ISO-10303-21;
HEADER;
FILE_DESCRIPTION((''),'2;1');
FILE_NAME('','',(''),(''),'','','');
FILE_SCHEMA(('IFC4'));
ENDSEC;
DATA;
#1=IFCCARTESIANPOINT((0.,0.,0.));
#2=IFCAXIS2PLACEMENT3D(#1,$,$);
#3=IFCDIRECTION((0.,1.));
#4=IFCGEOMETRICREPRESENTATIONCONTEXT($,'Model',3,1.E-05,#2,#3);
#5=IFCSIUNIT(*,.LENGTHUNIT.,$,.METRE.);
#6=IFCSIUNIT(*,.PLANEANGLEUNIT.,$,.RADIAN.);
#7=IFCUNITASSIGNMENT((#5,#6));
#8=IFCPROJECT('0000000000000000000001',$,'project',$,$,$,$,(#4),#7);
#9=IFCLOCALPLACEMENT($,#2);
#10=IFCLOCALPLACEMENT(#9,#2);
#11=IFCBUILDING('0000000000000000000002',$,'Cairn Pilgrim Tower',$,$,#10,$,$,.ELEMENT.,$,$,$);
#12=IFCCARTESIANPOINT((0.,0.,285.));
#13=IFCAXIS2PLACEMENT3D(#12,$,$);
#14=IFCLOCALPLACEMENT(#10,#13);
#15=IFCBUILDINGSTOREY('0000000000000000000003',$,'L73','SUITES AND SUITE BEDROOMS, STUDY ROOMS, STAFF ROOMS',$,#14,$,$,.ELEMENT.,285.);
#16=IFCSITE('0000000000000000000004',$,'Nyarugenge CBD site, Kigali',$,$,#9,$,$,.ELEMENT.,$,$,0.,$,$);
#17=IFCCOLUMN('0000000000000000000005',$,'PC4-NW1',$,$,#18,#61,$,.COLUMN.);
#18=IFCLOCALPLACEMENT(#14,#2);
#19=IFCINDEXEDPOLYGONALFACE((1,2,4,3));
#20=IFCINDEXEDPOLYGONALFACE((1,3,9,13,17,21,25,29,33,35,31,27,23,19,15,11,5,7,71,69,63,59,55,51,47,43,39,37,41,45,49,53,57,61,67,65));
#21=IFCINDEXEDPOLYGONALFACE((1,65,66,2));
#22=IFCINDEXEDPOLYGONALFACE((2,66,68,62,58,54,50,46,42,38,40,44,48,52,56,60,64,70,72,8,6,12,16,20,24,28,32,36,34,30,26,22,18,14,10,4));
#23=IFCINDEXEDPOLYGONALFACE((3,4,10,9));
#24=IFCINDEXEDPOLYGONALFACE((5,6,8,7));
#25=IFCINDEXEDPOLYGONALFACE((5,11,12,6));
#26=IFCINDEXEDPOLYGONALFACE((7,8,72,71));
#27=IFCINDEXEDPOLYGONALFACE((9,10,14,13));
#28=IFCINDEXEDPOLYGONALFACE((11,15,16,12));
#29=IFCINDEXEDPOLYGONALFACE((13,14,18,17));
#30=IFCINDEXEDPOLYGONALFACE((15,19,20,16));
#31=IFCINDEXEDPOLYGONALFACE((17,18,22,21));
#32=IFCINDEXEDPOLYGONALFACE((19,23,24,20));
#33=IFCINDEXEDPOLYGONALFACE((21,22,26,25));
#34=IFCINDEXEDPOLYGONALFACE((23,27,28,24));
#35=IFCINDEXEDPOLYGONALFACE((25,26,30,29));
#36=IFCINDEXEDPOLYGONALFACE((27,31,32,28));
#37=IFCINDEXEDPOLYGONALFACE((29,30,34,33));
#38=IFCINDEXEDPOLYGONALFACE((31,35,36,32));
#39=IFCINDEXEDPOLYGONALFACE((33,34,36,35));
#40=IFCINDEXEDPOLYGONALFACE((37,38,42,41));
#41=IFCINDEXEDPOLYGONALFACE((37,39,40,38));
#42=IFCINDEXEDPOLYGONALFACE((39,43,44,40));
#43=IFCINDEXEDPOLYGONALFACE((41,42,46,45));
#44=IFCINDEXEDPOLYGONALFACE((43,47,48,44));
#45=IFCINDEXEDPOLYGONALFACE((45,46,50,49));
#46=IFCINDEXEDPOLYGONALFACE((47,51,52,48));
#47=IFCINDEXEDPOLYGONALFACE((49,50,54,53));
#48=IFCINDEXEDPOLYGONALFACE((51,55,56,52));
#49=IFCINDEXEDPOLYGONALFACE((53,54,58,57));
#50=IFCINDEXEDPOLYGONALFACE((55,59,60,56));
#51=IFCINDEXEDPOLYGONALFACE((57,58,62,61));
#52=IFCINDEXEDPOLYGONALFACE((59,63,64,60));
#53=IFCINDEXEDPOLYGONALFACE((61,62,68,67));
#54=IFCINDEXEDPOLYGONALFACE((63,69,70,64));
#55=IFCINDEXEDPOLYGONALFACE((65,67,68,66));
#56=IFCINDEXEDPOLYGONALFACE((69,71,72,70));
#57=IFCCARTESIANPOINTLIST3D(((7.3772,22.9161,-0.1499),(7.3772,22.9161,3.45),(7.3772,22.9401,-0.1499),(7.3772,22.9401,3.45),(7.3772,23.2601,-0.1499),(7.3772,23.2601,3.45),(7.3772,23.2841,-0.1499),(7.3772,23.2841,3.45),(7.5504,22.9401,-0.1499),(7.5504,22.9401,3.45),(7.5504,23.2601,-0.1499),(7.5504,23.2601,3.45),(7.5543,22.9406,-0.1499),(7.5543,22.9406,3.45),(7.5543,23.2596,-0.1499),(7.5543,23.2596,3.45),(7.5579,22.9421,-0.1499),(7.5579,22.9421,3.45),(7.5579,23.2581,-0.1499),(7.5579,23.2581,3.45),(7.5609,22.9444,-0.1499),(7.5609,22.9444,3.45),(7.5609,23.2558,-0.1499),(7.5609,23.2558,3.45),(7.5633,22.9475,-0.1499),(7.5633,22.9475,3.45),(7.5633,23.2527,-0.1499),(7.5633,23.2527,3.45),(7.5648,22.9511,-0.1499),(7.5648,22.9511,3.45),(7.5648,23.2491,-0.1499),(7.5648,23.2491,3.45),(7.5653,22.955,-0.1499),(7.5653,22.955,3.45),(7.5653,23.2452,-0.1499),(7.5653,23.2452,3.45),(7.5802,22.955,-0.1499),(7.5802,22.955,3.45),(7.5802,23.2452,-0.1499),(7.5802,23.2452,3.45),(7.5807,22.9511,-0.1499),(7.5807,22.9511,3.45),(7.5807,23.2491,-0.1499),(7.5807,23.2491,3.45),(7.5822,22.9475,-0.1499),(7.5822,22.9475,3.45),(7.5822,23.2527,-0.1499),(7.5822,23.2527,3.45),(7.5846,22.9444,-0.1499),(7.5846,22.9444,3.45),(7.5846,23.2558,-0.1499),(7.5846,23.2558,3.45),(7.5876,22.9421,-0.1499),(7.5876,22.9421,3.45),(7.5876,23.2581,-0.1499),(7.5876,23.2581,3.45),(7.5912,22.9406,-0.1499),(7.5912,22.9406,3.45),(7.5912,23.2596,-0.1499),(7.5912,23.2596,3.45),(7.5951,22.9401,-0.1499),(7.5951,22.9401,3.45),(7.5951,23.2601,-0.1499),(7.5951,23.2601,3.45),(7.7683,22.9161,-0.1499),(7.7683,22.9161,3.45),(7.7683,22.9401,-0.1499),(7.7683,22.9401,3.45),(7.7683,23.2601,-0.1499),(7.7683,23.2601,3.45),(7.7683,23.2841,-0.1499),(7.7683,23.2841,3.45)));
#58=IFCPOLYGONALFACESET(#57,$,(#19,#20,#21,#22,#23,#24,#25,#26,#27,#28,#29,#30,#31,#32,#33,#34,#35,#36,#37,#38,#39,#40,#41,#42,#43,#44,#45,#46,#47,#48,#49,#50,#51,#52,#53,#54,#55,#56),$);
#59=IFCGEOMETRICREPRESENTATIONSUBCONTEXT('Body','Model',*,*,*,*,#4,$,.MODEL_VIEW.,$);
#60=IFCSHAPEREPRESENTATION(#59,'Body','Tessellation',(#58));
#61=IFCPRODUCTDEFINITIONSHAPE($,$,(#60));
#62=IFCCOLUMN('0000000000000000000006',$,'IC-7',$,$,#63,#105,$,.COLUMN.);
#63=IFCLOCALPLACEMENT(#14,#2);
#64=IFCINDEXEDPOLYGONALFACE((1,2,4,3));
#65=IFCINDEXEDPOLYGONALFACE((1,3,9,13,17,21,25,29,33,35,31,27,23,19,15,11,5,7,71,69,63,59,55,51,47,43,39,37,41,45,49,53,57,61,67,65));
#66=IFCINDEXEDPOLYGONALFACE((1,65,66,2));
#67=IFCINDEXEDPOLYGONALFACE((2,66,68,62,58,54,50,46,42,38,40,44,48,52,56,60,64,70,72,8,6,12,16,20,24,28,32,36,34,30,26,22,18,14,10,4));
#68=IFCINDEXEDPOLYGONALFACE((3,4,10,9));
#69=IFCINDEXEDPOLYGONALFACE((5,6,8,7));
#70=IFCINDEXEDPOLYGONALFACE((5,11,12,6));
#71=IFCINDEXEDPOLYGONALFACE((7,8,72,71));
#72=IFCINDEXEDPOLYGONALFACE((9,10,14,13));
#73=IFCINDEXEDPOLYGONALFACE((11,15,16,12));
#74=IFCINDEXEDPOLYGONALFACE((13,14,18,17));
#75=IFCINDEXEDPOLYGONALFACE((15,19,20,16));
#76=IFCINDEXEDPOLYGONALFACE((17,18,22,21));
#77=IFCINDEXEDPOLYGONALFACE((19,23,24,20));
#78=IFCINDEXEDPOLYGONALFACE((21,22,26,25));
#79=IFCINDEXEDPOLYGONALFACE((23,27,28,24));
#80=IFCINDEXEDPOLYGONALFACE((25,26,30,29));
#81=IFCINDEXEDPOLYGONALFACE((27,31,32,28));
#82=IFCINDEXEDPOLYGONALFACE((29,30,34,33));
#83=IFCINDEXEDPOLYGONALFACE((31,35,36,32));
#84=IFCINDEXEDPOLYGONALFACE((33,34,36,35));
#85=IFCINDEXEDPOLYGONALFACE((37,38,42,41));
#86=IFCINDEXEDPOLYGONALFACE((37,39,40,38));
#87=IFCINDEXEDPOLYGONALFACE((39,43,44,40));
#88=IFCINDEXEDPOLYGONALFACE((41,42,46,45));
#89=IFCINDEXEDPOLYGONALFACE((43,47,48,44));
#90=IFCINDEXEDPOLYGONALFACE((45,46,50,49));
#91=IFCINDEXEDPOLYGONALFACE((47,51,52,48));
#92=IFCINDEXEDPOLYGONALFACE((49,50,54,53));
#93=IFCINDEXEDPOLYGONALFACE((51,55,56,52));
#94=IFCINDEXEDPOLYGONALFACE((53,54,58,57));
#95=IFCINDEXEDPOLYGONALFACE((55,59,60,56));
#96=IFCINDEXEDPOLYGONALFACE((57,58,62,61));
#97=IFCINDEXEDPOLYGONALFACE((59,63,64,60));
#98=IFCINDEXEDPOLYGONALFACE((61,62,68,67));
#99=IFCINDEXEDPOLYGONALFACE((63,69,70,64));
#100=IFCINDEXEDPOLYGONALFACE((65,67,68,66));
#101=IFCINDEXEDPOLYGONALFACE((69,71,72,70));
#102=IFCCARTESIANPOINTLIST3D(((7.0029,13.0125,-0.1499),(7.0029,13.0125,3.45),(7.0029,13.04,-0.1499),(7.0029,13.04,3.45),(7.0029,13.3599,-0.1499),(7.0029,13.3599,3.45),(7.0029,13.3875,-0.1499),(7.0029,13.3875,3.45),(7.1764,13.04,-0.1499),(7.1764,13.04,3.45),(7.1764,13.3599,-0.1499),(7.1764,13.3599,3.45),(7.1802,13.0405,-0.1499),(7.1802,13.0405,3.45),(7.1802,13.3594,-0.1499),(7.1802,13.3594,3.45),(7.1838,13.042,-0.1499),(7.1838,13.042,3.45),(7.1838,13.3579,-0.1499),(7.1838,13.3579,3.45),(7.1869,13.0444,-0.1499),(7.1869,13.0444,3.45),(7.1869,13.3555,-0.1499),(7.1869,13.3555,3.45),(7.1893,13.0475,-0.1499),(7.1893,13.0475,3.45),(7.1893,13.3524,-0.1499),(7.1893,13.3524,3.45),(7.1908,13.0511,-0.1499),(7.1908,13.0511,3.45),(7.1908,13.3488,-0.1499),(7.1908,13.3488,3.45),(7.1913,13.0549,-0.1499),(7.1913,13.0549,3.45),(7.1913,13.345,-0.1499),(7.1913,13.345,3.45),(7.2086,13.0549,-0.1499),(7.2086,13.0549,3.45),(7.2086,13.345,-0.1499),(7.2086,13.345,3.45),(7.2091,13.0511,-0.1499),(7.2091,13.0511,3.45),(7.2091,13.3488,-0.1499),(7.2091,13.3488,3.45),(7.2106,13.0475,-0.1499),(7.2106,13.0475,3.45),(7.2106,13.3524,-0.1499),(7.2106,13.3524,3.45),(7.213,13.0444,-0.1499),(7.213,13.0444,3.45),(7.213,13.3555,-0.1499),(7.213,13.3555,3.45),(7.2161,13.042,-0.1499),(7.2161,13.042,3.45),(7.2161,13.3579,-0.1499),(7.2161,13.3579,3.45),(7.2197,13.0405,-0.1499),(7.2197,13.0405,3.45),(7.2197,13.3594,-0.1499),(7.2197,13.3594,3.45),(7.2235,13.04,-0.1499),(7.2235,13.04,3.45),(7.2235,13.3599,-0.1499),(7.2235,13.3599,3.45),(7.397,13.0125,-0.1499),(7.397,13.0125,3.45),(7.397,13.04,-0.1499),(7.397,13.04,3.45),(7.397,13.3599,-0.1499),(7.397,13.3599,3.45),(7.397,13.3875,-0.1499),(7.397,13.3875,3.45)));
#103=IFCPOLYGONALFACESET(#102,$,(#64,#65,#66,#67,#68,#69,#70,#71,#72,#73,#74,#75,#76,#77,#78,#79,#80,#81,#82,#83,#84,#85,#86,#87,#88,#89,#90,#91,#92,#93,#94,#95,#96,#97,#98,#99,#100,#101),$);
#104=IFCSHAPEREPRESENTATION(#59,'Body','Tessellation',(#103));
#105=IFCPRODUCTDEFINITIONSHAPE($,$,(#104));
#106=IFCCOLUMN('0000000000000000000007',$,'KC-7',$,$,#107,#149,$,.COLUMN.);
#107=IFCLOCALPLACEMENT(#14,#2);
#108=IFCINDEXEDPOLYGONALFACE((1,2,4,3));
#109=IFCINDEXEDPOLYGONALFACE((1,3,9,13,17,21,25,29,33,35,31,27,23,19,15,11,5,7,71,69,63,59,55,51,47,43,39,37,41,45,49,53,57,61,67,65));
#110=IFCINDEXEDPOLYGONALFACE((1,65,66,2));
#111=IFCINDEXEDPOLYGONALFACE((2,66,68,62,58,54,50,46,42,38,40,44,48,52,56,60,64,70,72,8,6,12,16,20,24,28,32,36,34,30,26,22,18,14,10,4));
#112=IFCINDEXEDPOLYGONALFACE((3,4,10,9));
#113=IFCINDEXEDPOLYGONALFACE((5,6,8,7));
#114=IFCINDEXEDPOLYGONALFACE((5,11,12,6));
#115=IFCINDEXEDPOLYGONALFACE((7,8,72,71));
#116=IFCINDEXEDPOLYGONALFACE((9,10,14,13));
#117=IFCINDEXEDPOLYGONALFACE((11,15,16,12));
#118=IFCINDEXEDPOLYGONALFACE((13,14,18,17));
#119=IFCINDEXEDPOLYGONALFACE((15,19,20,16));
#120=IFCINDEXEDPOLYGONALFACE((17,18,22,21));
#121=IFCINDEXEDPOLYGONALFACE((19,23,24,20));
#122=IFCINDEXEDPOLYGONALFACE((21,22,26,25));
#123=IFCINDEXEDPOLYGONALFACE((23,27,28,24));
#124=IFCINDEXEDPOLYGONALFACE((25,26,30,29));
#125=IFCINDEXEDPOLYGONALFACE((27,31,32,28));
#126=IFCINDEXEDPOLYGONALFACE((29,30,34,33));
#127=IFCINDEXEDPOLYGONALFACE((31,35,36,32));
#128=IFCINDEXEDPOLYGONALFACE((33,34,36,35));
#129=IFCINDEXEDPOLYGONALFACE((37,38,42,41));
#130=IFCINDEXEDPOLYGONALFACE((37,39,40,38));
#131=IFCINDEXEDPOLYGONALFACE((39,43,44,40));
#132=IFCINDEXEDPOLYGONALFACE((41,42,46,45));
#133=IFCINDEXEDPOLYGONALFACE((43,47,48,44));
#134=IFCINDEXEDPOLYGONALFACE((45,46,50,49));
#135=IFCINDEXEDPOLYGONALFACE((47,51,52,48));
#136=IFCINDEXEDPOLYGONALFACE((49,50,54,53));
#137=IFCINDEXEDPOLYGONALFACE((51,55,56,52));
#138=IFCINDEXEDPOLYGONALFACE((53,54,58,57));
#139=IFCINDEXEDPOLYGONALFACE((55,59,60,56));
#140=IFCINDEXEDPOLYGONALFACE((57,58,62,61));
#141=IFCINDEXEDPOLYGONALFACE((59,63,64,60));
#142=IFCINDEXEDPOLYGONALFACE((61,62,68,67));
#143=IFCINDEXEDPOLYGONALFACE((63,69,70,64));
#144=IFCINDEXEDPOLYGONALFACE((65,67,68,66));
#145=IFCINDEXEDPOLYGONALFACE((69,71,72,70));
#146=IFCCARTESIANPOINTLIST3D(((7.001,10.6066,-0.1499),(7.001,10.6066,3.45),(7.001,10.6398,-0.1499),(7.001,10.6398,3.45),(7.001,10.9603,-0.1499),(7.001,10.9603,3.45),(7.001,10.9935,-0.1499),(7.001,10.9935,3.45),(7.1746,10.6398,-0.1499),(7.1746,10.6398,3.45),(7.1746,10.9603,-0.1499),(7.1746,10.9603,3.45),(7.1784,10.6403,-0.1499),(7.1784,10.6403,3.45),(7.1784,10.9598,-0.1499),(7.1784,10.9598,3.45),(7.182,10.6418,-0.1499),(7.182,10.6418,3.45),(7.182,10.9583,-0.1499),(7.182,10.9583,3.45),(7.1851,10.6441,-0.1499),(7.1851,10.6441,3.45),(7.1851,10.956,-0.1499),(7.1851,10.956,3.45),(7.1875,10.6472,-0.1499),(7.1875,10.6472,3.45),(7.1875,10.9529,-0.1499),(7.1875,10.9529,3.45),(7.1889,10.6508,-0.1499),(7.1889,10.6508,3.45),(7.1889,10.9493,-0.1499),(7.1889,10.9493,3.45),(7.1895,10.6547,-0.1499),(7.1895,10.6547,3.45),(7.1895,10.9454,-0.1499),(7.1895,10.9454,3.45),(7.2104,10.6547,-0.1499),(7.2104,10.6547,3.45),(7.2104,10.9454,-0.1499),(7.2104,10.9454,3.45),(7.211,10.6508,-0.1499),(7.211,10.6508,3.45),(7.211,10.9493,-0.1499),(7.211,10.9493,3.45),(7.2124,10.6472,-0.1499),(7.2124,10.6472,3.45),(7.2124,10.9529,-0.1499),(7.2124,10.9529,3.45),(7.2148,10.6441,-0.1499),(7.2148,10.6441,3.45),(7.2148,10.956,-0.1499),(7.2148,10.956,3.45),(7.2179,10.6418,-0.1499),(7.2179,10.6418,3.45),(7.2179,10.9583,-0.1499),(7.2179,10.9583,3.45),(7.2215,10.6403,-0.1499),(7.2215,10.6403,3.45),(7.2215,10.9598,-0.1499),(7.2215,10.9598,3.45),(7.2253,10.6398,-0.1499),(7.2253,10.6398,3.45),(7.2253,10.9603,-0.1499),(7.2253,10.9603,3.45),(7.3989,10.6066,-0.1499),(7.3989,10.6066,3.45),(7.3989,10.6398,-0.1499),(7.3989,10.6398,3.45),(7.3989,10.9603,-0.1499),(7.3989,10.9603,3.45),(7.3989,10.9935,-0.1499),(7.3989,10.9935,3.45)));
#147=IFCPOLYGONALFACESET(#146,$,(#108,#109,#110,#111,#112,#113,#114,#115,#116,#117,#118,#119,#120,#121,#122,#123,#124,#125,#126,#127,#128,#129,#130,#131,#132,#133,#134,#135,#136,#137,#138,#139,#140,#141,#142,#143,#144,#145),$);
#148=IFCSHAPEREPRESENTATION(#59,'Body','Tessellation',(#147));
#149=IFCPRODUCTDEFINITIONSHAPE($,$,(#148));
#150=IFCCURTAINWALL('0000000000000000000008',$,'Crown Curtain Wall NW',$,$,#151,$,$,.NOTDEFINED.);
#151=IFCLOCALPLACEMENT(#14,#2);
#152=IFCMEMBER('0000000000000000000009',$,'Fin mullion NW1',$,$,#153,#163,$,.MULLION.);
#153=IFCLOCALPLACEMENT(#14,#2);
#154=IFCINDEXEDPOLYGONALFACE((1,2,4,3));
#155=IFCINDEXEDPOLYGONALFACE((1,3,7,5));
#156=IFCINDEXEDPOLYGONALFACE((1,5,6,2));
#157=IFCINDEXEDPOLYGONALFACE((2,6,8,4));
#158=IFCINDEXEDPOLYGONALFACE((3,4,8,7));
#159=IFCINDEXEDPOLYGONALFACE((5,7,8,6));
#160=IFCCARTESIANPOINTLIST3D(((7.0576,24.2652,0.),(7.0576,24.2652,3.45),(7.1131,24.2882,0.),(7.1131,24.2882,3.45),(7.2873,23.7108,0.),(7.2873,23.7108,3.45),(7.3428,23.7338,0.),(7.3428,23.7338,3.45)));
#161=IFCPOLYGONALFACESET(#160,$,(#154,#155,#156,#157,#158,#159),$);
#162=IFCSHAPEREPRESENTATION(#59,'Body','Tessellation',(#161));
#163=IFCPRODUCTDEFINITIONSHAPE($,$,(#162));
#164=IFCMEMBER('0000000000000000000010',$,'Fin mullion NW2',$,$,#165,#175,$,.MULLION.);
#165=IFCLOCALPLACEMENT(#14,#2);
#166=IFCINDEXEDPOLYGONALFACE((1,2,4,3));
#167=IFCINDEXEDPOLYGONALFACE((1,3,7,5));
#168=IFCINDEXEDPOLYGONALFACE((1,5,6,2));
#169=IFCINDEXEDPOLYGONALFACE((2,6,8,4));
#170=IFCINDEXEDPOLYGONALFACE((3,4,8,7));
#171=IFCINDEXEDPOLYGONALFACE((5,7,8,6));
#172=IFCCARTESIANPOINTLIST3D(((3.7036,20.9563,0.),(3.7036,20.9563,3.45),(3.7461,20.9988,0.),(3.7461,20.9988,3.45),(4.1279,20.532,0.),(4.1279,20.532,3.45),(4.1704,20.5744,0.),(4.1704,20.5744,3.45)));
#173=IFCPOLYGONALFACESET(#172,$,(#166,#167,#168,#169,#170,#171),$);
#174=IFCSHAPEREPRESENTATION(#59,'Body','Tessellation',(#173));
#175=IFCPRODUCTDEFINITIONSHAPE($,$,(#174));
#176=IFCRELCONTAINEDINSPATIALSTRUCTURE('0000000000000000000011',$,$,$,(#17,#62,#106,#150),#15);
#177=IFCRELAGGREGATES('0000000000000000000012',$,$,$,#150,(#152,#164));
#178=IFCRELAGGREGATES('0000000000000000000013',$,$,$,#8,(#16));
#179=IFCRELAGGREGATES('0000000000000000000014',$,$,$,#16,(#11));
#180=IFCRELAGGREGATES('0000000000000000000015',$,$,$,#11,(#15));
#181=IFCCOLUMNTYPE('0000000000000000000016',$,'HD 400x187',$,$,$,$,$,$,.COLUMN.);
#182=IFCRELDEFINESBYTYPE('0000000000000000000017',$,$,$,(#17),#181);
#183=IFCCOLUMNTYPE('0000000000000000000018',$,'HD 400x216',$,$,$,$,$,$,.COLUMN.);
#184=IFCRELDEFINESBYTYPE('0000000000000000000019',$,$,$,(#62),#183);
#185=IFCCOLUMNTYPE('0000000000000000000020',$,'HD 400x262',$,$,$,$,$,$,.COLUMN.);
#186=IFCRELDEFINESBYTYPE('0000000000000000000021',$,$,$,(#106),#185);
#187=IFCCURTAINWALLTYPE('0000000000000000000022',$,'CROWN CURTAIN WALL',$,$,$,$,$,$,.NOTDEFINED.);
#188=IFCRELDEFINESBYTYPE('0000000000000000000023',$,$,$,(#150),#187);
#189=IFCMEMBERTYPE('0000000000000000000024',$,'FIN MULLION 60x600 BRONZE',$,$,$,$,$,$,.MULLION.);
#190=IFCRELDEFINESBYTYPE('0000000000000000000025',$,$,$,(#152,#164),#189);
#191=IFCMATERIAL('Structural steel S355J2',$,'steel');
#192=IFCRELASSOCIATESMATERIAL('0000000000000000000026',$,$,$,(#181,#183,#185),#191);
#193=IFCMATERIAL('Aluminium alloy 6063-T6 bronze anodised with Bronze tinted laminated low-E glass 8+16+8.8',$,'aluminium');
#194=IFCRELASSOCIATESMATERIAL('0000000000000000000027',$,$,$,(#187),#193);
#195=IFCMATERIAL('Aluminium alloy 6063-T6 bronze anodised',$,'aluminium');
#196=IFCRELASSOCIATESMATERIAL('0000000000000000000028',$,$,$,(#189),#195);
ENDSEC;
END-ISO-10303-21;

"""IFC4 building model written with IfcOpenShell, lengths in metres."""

from ifc_helpers import new_model, si_unit, direction, frame, origin, origin_2d, place, context, subcontext, project, spatial, rectangle, i_section, extrude, material, material_profile, profile_set, type_object, element, aggregate, save


model = new_model("IFC4")

# Units and contexts
model_context = context("Model", 3, precision=1e-05, world=origin(), true_north=direction((0.0, 1.0)))
body_context = subcontext(model_context, "Body", "Model", "MODEL_VIEW")
ifc_project = project(units=[si_unit("LENGTHUNIT", "METRE"), si_unit("PLANEANGLEUNIT", "RADIAN")], contexts=[model_context])

# Site, building, storey
site_placement = place(None, origin())
site = spatial("IfcSite", under=ifc_project, at=site_placement, Name="Nyarugenge CBD site, Kigali", CompositionType="ELEMENT", RefElevation=0.0)
building_placement = place(site_placement, origin())
building = spatial("IfcBuilding", under=site, at=building_placement, Name="Cairn Pilgrim Tower", CompositionType="ELEMENT")
storey_placement = place(building_placement, frame((0.0, 0.0, 285.0)))
storey = spatial("IfcBuildingStorey", under=building, at=storey_placement, Name="L73", Description="SUITES AND SUITE BEDROOMS, STUDY ROOMS, STAFF ROOMS", CompositionType="ELEMENT", Elevation=285.0)

# Columns
ifc_material_1 = material(Name="Structural steel S355J2", Category="steel")
ifc_material_profile_1 = material_profile(ifc_material_1, i_section(OverallWidth=0.3911, OverallDepth=0.3679, WebThickness=0.0149, FlangeThickness=0.0239, FilletRadius=0.0149, at=origin_2d()), Name="HD 400x187")
ifc_profile_set_1 = profile_set([ifc_material_profile_1], Name="Structural steel S355J2")
column_type_1 = type_object("IfcColumnType", Name="HD 400x187", PredefinedType="COLUMN", material=ifc_profile_set_1)
column_1_placement = place(storey_placement, frame((7.5728, 23.1001, -0.1499), z_axis=(0.0, 0.0, 1.0), x_axis=(1.0, 0.0, 0.0)))
element("IfcColumn", 1, at=column_1_placement, inside=storey, type_object=column_type_1, Name="PC4-NW1", PredefinedType="COLUMN", context=body_context, shape_type="SweptSolid", body=[
    extrude(i_section(OverallWidth=0.3911, OverallDepth=0.3679, WebThickness=0.0149, FlangeThickness=0.0239, FilletRadius=0.0149, at=origin_2d()), origin(), (0.0, 0.0, 1.0), 3.5999),
])
ifc_material_profile_2 = material_profile(ifc_material_1, i_section(OverallWidth=0.394, OverallDepth=0.375, WebThickness=0.0173, FlangeThickness=0.0276, FilletRadius=0.0149, at=origin_2d()), Name="HD 400x216")
ifc_profile_set_2 = profile_set([ifc_material_profile_2], Name="Structural steel S355J2")
column_type_2 = type_object("IfcColumnType", Name="HD 400x216", PredefinedType="COLUMN", material=ifc_profile_set_2)
column_2_placement = place(storey_placement, frame((7.2, 13.2, -0.1499), z_axis=(0.0, 0.0, 1.0), x_axis=(1.0, 0.0, 0.0)))
element("IfcColumn", 2, at=column_2_placement, inside=storey, type_object=column_type_2, Name="IC-7", PredefinedType="COLUMN", context=body_context, shape_type="SweptSolid", body=[
    extrude(i_section(OverallWidth=0.394, OverallDepth=0.375, WebThickness=0.0173, FlangeThickness=0.0276, FilletRadius=0.0149, at=origin_2d()), origin(), (0.0, 0.0, 1.0), 3.5999),
])
ifc_material_profile_3 = material_profile(ifc_material_1, i_section(OverallWidth=0.3979, OverallDepth=0.387, WebThickness=0.021, FlangeThickness=0.0332, FilletRadius=0.0149, at=origin_2d()), Name="HD 400x262")
ifc_profile_set_3 = profile_set([ifc_material_profile_3], Name="Structural steel S355J2")
column_type_3 = type_object("IfcColumnType", Name="HD 400x262", PredefinedType="COLUMN", material=ifc_profile_set_3)
column_3_placement = place(storey_placement, frame((7.2, 10.8, -0.1499), z_axis=(0.0, 0.0, 1.0), x_axis=(1.0, 0.0, 0.0)))
element("IfcColumn", 3, at=column_3_placement, inside=storey, type_object=column_type_3, Name="KC-7", PredefinedType="COLUMN", context=body_context, shape_type="SweptSolid", body=[
    extrude(i_section(OverallWidth=0.3979, OverallDepth=0.387, WebThickness=0.021, FlangeThickness=0.0332, FilletRadius=0.0149, at=origin_2d()), origin(), (0.0, 0.0, 1.0), 3.5999),
])

# Curtain wall, members
ifc_material_2 = material(Name="Aluminium alloy 6063-T6 bronze anodised with Bronze tinted laminated low-E glass 8+16+8.8", Category="aluminium")
curtain_wall_type = type_object("IfcCurtainWallType", Name="CROWN CURTAIN WALL", PredefinedType="NOTDEFINED", material=ifc_material_2)
curtain_wall_1_placement = place(storey_placement, origin())
curtain_wall_1 = element("IfcCurtainWall", 4, at=curtain_wall_1_placement, inside=storey, type_object=curtain_wall_type, Name="Crown Curtain Wall NW", PredefinedType="NOTDEFINED")
ifc_material_3 = material(Name="Aluminium alloy 6063-T6 bronze anodised", Category="aluminium")
ifc_material_profile_4 = material_profile(ifc_material_3, rectangle(XDim=0.6001, YDim=0.0601, at=origin_2d()), Name="FIN MULLION 60x600 BRONZE")
ifc_profile_set_4 = profile_set([ifc_material_profile_4], Name="Aluminium alloy 6063-T6 bronze anodised")
member_type_1 = type_object("IfcMemberType", Name="FIN MULLION 60x600 BRONZE", PredefinedType="MULLION", material=ifc_profile_set_4)
member_1_placement = place(storey_placement, frame((7.2002, 23.9995, 0.0), z_axis=(0.0, 0.0, 1.0), x_axis=(-0.382683, 0.92388, 0.0)))
member_1 = element("IfcMember", 5, at=member_1_placement, type_object=member_type_1, Name="Fin mullion NW1", PredefinedType="MULLION", context=body_context, shape_type="SweptSolid", body=[
    extrude(rectangle(XDim=0.6001, YDim=0.0601, at=origin_2d()), origin(), (0.0, 0.0, 1.0), 3.45),
])
member_2_placement = place(storey_placement, frame((3.937, 20.7654, 0.0), z_axis=(0.0, 0.0, 1.0), x_axis=(-0.707107, 0.707107, 0.0)))
member_2 = element("IfcMember", 6, at=member_2_placement, type_object=member_type_1, Name="Fin mullion NW2", PredefinedType="MULLION", context=body_context, shape_type="SweptSolid", body=[
    extrude(rectangle(XDim=0.6001, YDim=0.0601, at=origin_2d()), origin(), (0.0, 0.0, 1.0), 3.45),
])
aggregate(curtain_wall_1, [member_1, member_2])

save(model, "model.ifc")
